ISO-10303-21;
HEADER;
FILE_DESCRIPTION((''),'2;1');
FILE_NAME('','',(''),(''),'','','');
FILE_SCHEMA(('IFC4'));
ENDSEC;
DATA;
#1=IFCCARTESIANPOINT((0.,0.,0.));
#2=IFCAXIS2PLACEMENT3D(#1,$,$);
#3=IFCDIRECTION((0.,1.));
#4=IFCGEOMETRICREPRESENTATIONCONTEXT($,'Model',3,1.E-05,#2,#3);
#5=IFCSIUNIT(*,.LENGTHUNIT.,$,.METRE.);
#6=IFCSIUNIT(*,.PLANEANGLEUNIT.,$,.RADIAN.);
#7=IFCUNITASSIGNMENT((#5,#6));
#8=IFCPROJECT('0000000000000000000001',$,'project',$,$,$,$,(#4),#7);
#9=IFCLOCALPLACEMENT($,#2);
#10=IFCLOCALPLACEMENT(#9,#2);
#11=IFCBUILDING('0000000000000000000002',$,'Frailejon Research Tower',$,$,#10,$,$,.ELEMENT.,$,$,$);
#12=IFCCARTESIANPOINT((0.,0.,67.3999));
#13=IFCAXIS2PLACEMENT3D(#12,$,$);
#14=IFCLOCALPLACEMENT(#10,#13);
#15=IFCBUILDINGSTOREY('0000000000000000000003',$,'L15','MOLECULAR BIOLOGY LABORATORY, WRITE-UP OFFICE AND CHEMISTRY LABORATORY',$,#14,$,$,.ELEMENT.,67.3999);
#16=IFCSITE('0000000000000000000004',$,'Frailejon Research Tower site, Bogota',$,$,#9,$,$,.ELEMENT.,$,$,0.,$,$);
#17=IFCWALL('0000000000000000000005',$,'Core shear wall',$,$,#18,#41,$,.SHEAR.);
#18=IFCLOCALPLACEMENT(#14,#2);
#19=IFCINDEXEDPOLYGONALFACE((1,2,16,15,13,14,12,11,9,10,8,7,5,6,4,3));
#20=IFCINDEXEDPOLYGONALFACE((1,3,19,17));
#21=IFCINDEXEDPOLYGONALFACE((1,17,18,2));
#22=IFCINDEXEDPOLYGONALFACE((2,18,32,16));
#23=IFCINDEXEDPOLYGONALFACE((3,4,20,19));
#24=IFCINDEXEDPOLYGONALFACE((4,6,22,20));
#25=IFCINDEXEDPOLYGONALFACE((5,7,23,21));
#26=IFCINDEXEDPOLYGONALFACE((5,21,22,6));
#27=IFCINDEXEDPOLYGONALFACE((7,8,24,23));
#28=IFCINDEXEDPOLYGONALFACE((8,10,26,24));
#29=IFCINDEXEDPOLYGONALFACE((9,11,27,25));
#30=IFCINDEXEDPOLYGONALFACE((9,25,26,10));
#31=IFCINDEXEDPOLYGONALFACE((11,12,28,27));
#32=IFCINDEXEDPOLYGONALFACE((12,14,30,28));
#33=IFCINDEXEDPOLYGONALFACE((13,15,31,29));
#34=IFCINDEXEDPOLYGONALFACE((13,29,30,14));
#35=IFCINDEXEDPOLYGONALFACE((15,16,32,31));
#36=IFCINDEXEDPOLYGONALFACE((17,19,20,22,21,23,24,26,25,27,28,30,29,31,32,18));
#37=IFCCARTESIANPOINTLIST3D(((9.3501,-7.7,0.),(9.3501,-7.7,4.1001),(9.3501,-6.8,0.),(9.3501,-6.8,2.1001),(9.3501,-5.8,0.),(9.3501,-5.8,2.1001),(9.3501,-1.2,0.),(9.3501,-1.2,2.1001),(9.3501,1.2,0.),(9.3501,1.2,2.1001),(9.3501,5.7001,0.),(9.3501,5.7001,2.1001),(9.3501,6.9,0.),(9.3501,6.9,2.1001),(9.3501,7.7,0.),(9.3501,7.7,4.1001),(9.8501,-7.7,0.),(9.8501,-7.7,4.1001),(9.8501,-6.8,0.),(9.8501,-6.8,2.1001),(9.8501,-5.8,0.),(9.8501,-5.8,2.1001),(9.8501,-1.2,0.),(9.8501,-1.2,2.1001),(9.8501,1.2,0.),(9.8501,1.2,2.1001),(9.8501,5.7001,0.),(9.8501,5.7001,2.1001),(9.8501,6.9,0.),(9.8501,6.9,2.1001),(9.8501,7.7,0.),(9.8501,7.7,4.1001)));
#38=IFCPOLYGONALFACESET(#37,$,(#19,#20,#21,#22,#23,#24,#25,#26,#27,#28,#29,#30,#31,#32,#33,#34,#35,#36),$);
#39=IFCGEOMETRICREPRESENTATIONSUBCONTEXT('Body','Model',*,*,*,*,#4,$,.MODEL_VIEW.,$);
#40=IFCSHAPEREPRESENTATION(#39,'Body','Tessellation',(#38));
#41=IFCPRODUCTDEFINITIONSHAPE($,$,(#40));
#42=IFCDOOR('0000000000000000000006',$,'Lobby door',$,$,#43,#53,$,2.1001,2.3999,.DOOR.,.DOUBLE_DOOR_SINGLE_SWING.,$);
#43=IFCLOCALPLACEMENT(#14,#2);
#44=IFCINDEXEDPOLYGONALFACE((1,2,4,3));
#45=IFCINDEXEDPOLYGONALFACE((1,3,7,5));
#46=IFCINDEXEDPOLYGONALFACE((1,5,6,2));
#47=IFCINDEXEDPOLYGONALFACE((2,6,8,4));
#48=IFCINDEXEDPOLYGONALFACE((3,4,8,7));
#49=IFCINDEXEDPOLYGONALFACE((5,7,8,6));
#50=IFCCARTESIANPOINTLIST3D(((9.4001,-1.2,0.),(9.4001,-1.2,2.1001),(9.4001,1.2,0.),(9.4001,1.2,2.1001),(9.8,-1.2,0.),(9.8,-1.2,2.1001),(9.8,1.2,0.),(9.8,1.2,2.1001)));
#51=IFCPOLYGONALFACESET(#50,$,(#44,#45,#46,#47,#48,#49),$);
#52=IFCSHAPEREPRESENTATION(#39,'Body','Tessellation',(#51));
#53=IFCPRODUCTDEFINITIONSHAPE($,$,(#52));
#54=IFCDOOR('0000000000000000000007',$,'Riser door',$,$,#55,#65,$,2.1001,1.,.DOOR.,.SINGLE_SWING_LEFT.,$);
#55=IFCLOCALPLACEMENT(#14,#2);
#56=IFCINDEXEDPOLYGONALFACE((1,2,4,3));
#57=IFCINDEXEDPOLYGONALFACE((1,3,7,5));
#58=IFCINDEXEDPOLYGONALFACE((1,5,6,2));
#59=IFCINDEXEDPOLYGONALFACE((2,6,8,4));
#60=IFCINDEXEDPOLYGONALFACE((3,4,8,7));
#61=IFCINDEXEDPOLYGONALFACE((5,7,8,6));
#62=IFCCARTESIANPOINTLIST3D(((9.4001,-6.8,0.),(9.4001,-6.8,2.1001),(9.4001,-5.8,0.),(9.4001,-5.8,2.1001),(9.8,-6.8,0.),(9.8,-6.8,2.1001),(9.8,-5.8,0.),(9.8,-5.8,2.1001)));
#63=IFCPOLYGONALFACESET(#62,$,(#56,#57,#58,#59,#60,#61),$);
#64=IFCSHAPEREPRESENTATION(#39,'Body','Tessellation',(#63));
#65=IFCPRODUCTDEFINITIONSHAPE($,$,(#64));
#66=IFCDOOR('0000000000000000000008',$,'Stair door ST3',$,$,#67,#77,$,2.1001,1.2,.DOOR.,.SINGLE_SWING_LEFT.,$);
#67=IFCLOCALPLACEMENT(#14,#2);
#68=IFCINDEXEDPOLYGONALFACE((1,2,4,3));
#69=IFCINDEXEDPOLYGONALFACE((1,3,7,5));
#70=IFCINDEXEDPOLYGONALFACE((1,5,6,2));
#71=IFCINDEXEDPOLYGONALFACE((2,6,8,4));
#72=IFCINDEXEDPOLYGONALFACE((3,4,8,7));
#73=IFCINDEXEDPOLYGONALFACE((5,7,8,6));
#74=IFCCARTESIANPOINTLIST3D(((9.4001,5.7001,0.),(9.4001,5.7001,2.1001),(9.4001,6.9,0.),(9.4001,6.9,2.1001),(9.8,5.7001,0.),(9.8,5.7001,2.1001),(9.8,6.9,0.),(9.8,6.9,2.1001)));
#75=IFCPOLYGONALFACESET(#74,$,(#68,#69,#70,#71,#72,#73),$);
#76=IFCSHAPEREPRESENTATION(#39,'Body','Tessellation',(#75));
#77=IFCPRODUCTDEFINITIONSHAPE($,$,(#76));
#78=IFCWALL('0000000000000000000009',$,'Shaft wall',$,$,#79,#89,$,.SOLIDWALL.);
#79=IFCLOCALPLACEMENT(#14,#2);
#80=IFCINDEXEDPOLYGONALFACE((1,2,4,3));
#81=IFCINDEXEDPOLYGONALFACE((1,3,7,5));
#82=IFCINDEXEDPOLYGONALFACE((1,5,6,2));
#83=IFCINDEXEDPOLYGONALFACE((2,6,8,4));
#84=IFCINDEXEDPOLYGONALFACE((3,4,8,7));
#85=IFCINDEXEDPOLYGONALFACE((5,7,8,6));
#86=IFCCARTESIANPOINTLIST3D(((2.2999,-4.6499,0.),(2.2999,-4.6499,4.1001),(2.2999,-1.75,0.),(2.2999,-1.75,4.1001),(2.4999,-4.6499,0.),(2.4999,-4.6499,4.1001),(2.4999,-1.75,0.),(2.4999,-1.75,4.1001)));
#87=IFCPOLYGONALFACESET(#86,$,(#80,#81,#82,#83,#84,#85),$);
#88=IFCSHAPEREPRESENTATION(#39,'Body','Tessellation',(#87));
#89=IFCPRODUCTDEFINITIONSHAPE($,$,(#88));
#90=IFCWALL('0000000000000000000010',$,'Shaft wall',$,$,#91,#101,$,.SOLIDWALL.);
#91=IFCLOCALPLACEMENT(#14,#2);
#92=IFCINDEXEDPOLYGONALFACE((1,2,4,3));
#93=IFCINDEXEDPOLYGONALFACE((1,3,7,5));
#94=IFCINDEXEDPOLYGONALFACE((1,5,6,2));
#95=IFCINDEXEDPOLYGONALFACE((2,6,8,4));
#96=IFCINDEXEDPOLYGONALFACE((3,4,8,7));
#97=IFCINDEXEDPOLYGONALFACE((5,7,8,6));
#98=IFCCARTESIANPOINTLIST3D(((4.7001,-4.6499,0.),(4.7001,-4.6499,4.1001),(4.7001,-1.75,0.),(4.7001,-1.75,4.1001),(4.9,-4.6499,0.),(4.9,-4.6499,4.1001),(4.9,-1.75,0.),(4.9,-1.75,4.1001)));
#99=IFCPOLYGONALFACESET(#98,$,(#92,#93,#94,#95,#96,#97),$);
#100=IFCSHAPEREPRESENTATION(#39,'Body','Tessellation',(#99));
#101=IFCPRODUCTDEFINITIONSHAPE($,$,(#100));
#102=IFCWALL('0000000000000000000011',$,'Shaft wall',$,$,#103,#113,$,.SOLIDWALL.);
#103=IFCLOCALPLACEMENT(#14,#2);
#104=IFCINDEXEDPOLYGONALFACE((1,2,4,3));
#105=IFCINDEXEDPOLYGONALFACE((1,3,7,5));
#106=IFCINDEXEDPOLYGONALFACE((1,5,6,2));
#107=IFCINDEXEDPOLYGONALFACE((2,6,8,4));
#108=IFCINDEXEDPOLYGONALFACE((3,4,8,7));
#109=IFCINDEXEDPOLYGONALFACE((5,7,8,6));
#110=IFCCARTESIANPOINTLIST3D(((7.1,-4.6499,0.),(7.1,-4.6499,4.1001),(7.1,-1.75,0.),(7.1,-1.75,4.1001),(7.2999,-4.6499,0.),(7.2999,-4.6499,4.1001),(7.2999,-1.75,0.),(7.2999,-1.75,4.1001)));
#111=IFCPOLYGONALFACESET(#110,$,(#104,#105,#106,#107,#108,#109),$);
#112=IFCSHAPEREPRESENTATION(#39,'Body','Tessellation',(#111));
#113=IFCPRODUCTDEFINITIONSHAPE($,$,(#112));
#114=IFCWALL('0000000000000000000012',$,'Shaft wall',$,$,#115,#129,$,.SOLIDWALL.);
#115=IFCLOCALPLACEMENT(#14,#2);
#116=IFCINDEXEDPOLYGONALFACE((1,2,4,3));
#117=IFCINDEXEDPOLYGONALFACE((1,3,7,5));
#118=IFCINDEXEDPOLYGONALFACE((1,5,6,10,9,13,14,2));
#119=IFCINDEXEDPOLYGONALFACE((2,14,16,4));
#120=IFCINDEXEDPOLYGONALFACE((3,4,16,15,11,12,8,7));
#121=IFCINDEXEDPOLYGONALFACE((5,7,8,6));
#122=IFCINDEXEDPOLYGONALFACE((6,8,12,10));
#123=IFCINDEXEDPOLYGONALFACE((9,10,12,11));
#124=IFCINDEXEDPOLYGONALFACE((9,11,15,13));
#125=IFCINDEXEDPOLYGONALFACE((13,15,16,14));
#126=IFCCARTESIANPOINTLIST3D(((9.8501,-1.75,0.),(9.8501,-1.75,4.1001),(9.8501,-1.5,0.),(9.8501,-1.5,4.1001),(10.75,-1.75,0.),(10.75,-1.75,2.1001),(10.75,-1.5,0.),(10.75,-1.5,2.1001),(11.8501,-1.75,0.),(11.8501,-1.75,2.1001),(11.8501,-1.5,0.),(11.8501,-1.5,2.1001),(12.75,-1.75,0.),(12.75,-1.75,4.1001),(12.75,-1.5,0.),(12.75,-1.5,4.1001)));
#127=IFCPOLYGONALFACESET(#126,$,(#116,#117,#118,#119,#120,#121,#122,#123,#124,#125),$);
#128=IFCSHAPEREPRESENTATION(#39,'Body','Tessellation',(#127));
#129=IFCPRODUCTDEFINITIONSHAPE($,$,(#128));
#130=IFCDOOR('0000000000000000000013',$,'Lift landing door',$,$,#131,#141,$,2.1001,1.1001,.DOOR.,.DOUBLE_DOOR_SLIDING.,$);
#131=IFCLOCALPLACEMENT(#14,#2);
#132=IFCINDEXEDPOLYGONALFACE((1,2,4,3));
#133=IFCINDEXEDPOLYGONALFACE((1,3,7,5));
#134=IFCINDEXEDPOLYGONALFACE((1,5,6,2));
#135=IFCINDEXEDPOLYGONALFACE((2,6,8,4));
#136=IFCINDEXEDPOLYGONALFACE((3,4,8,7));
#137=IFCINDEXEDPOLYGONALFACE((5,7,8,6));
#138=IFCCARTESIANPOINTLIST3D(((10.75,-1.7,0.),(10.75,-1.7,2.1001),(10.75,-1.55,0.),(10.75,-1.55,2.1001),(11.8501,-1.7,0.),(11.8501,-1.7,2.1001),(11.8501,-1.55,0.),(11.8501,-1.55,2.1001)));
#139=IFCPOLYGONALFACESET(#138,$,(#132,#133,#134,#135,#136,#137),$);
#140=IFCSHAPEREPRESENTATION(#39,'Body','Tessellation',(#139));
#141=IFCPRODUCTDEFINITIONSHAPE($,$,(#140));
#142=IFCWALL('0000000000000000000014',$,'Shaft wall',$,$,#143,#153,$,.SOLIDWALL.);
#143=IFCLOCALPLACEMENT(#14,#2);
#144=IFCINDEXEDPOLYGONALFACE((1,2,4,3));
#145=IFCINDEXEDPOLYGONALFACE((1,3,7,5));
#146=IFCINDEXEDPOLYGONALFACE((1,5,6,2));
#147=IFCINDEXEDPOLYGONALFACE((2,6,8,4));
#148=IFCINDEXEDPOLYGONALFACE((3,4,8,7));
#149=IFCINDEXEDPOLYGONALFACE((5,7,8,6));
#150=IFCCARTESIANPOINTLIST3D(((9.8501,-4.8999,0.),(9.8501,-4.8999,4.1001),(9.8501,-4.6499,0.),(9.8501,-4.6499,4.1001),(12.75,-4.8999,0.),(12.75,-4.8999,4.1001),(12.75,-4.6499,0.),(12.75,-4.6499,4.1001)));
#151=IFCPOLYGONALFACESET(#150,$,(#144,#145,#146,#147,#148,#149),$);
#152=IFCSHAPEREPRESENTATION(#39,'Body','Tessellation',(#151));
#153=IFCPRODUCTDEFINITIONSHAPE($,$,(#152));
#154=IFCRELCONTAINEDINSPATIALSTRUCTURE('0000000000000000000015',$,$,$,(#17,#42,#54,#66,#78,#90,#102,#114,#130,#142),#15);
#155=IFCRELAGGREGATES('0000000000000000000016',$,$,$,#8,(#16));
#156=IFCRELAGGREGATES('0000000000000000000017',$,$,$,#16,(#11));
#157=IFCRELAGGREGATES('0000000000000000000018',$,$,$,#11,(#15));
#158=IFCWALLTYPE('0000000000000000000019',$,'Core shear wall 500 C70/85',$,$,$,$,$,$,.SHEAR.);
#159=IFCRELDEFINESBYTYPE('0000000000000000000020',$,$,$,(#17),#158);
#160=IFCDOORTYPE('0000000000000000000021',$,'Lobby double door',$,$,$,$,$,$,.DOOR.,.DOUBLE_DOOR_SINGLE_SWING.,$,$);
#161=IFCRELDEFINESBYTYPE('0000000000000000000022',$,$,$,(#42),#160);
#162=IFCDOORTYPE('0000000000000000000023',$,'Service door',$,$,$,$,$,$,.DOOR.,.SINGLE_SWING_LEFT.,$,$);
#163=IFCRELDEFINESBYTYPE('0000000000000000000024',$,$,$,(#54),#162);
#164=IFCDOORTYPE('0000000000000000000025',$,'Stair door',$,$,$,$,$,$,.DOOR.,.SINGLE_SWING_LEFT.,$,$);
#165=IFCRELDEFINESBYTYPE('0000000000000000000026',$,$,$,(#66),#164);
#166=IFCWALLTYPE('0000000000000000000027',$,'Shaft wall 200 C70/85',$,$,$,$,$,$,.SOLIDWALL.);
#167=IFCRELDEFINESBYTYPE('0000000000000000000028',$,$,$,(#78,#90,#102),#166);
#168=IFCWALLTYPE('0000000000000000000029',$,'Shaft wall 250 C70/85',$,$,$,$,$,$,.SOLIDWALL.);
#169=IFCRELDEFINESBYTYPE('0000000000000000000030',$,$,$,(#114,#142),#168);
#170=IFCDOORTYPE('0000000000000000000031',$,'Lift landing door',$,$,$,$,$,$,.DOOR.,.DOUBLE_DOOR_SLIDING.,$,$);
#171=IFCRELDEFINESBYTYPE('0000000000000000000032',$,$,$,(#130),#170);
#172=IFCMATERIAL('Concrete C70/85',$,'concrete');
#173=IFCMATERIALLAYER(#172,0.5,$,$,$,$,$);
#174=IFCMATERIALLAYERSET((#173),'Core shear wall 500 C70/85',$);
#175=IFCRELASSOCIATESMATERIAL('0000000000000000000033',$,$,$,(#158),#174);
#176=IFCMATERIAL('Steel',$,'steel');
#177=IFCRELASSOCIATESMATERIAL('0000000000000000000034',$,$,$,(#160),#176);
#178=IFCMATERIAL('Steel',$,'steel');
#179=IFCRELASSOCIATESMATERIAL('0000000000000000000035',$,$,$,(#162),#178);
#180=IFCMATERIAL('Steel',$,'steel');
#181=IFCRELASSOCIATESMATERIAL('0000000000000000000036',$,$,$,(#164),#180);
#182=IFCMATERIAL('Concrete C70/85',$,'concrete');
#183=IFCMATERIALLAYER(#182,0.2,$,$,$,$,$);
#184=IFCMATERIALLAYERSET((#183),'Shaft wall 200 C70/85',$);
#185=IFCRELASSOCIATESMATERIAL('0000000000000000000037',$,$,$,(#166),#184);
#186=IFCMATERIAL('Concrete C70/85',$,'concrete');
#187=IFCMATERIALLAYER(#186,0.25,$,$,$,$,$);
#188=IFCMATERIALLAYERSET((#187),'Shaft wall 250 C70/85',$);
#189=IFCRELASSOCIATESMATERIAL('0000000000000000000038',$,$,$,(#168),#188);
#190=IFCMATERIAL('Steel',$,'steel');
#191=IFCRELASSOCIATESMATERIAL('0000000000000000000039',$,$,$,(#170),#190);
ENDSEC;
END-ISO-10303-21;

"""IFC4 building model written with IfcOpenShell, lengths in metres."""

from ifc_helpers import new_model, si_unit, direction, frame, frame_2d, origin, place, context, subcontext, project, spatial, rectangle, extrude, material, layer, layer_set, type_object, element, fill, save


model = new_model("IFC4")

# Units and contexts
model_context = context("Model", 3, precision=1e-05, world=origin(), true_north=direction((0.0, 1.0)))
body_context = subcontext(model_context, "Body", "Model", "MODEL_VIEW")
ifc_project = project(units=[si_unit("LENGTHUNIT", "METRE"), si_unit("PLANEANGLEUNIT", "RADIAN")], contexts=[model_context])

# Site, building, storey
site_placement = place(None, origin())
site = spatial("IfcSite", under=ifc_project, at=site_placement, Name="Frailejon Research Tower site, Bogota", CompositionType="ELEMENT", RefElevation=0.0)
building_placement = place(site_placement, origin())
building = spatial("IfcBuilding", under=site, at=building_placement, Name="Frailejon Research Tower", CompositionType="ELEMENT")
storey_placement = place(building_placement, frame((0.0, 0.0, 67.3999)))
storey = spatial("IfcBuildingStorey", under=building, at=storey_placement, Name="L15", Description="MOLECULAR BIOLOGY LABORATORY, WRITE-UP OFFICE AND CHEMISTRY LABORATORY", CompositionType="ELEMENT", Elevation=67.3999)

# Wall, openings, doors
ifc_material_1 = material(Name="Concrete C70/85", Category="concrete")
ifc_layer_1 = layer(ifc_material_1, 0.5)
ifc_layer_set_1 = layer_set([ifc_layer_1], Name="Core shear wall 500 C70/85")
wall_type_1 = type_object("IfcWallType", Name="Core shear wall 500 C70/85", PredefinedType="SHEAR", material=ifc_layer_set_1)
wall_1_placement = place(storey_placement, frame((9.6001, -7.7, 0.0), z_axis=(0.0, 0.0, 1.0), x_axis=(0.0, 1.0, 0.0)))
wall_1 = element("IfcWall", 1, at=wall_1_placement, inside=storey, type_object=wall_type_1, Name="Core shear wall", PredefinedType="SHEAR", context=body_context, shape_type="SweptSolid", body=[
    extrude(rectangle(XDim=15.3999, YDim=0.5, at=frame_2d((7.7, 0.0))), origin(), (0.0, 0.0, 1.0), 4.1001),
])
opening_1_placement = place(wall_1_placement, frame((6.5, 0.0, 0.0)))
opening_1 = element("IfcOpeningElement", 2, at=opening_1_placement, cuts=wall_1, PredefinedType="OPENING", context=body_context, shape_type="SweptSolid", body=[
    extrude(rectangle(XDim=2.3999, YDim=2.1001, at=frame_2d((1.2, 1.05))), frame((0.0, 0.26, 0.0), z_axis=(0.0, -1.0, 0.0), x_axis=(1.0, 0.0, 0.0)), (0.0, 0.0, 1.0), 0.52),
])
opening_2_placement = place(wall_1_placement, frame((13.3999, 0.0, 0.0)))
opening_2 = element("IfcOpeningElement", 3, at=opening_2_placement, cuts=wall_1, PredefinedType="OPENING", context=body_context, shape_type="SweptSolid", body=[
    extrude(rectangle(XDim=1.2, YDim=2.1001, at=frame_2d((0.6001, 1.05))), frame((0.0, 0.26, 0.0), z_axis=(0.0, -1.0, 0.0), x_axis=(1.0, 0.0, 0.0)), (0.0, 0.0, 1.0), 0.52),
])
opening_3_placement = place(wall_1_placement, frame((0.8999, 0.0, 0.0)))
opening_3 = element("IfcOpeningElement", 4, at=opening_3_placement, cuts=wall_1, PredefinedType="OPENING", context=body_context, shape_type="SweptSolid", body=[
    extrude(rectangle(XDim=1.0, YDim=2.1001, at=frame_2d((0.5, 1.05))), frame((0.0, 0.26, 0.0), z_axis=(0.0, -1.0, 0.0), x_axis=(1.0, 0.0, 0.0)), (0.0, 0.0, 1.0), 0.52),
])
ifc_material_2 = material(Name="Steel", Category="steel")
door_type_1 = type_object("IfcDoorType", Name="Lobby double door", OperationType="DOUBLE_DOOR_SINGLE_SWING", PredefinedType="DOOR", material=ifc_material_2)
door_1_placement = place(opening_1_placement, origin())
door_1 = element("IfcDoor", 5, at=door_1_placement, inside=storey, type_object=door_type_1, Name="Lobby door", OperationType="DOUBLE_DOOR_SINGLE_SWING", OverallHeight=2.1001, OverallWidth=2.3999, PredefinedType="DOOR", context=body_context, shape_type="SweptSolid", body=[
    extrude(rectangle(XDim=2.3999, YDim=2.1001, at=frame_2d((1.2, 1.05))), frame((0.0, 0.2, 0.0), z_axis=(0.0, -1.0, 0.0), x_axis=(1.0, 0.0, 0.0)), (0.0, 0.0, 1.0), 0.3999),
])
fill(opening_1, door_1)
ifc_material_3 = material(Name="Steel", Category="steel")
door_type_2 = type_object("IfcDoorType", Name="Service door", OperationType="SINGLE_SWING_LEFT", PredefinedType="DOOR", material=ifc_material_3)
door_2_placement = place(opening_3_placement, origin())
door_2 = element("IfcDoor", 6, at=door_2_placement, inside=storey, type_object=door_type_2, Name="Riser door", OperationType="SINGLE_SWING_LEFT", OverallHeight=2.1001, OverallWidth=1.0, PredefinedType="DOOR", context=body_context, shape_type="SweptSolid", body=[
    extrude(rectangle(XDim=1.0, YDim=2.1001, at=frame_2d((0.5, 1.05))), frame((0.0, 0.2, 0.0), z_axis=(0.0, -1.0, 0.0), x_axis=(1.0, 0.0, 0.0)), (0.0, 0.0, 1.0), 0.3999),
])
fill(opening_3, door_2)
ifc_material_4 = material(Name="Steel", Category="steel")
door_type_3 = type_object("IfcDoorType", Name="Stair door", OperationType="SINGLE_SWING_LEFT", PredefinedType="DOOR", material=ifc_material_4)
door_3_placement = place(opening_2_placement, origin())
door_3 = element("IfcDoor", 7, at=door_3_placement, inside=storey, type_object=door_type_3, Name="Stair door ST3", OperationType="SINGLE_SWING_LEFT", OverallHeight=2.1001, OverallWidth=1.2, PredefinedType="DOOR", context=body_context, shape_type="SweptSolid", body=[
    extrude(rectangle(XDim=1.2, YDim=2.1001, at=frame_2d((0.6001, 1.05))), frame((0.0, 0.2, 0.0), z_axis=(0.0, -1.0, 0.0), x_axis=(1.0, 0.0, 0.0)), (0.0, 0.0, 1.0), 0.3999),
])
fill(opening_2, door_3)

# Walls
ifc_material_5 = material(Name="Concrete C70/85", Category="concrete")
ifc_layer_2 = layer(ifc_material_5, 0.2)
ifc_layer_set_2 = layer_set([ifc_layer_2], Name="Shaft wall 200 C70/85")
wall_type_2 = type_object("IfcWallType", Name="Shaft wall 200 C70/85", PredefinedType="SOLIDWALL", material=ifc_layer_set_2)
for number, where, z_axis, x_axis, name in (
    (8, (2.3999, -4.6499, 0.0), (0.0, 0.0, 1.0), (0.0, 1.0, 0.0), "Shaft wall"),
    (9, (4.8, -4.6499, 0.0), (0.0, 0.0, 1.0), (0.0, 1.0, 0.0), "Shaft wall"),
    (10, (7.2, -4.6499, 0.0), (0.0, 0.0, 1.0), (0.0, 1.0, 0.0), "Shaft wall"),
):
    element("IfcWall", number, at=place(storey_placement, frame(where, z_axis=z_axis, x_axis=x_axis)), inside=storey, type_object=wall_type_2, Name=name, PredefinedType="SOLIDWALL", context=body_context, shape_type="SweptSolid", body=[
        extrude(rectangle(XDim=2.8999, YDim=0.2, at=frame_2d((1.45, 0.0))), origin(), (0.0, 0.0, 1.0), 4.1001),
    ])

# Wall, opening, door
ifc_material_6 = material(Name="Concrete C70/85", Category="concrete")
ifc_layer_3 = layer(ifc_material_6, 0.25)
ifc_layer_set_3 = layer_set([ifc_layer_3], Name="Shaft wall 250 C70/85")
wall_type_3 = type_object("IfcWallType", Name="Shaft wall 250 C70/85", PredefinedType="SOLIDWALL", material=ifc_layer_set_3)
wall_2_placement = place(storey_placement, frame((9.8501, -1.625, 0.0), z_axis=(0.0, 0.0, 1.0), x_axis=(1.0, 0.0, 0.0)))
wall_2 = element("IfcWall", 11, at=wall_2_placement, inside=storey, type_object=wall_type_3, Name="Shaft wall", PredefinedType="SOLIDWALL", context=body_context, shape_type="SweptSolid", body=[
    extrude(rectangle(XDim=2.8999, YDim=0.25, at=frame_2d((1.45, 0.0))), origin(), (0.0, 0.0, 1.0), 4.1001),
])
opening_4_placement = place(wall_2_placement, frame((0.8999, 0.0, 0.0)))
opening_4 = element("IfcOpeningElement", 12, at=opening_4_placement, cuts=wall_2, PredefinedType="OPENING", context=body_context, shape_type="SweptSolid", body=[
    extrude(rectangle(XDim=1.1001, YDim=2.1001, at=frame_2d((0.55, 1.05))), frame((0.0, 0.135, 0.0), z_axis=(0.0, -1.0, 0.0), x_axis=(1.0, 0.0, 0.0)), (0.0, 0.0, 1.0), 0.27),
])
ifc_material_7 = material(Name="Steel", Category="steel")
door_type_4 = type_object("IfcDoorType", Name="Lift landing door", OperationType="DOUBLE_DOOR_SLIDING", PredefinedType="DOOR", material=ifc_material_7)
door_4_placement = place(opening_4_placement, origin())
door_4 = element("IfcDoor", 13, at=door_4_placement, inside=storey, type_object=door_type_4, Name="Lift landing door", OperationType="DOUBLE_DOOR_SLIDING", OverallHeight=2.1001, OverallWidth=1.1001, PredefinedType="DOOR", context=body_context, shape_type="SweptSolid", body=[
    extrude(rectangle(XDim=1.1001, YDim=2.1001, at=frame_2d((0.55, 1.05))), frame((0.0, 0.075, 0.0), z_axis=(0.0, -1.0, 0.0), x_axis=(1.0, 0.0, 0.0)), (0.0, 0.0, 1.0), 0.1499),
])
fill(opening_4, door_4)

# Wall
wall_3_placement = place(storey_placement, frame((9.8501, -4.7749, 0.0), z_axis=(0.0, 0.0, 1.0), x_axis=(1.0, 0.0, 0.0)))
element("IfcWall", 14, at=wall_3_placement, inside=storey, type_object=wall_type_3, Name="Shaft wall", PredefinedType="SOLIDWALL", context=body_context, shape_type="SweptSolid", body=[
    extrude(rectangle(XDim=2.8999, YDim=0.25, at=frame_2d((1.45, 0.0))), origin(), (0.0, 0.0, 1.0), 4.1001),
])

save(model, "model.ifc")
